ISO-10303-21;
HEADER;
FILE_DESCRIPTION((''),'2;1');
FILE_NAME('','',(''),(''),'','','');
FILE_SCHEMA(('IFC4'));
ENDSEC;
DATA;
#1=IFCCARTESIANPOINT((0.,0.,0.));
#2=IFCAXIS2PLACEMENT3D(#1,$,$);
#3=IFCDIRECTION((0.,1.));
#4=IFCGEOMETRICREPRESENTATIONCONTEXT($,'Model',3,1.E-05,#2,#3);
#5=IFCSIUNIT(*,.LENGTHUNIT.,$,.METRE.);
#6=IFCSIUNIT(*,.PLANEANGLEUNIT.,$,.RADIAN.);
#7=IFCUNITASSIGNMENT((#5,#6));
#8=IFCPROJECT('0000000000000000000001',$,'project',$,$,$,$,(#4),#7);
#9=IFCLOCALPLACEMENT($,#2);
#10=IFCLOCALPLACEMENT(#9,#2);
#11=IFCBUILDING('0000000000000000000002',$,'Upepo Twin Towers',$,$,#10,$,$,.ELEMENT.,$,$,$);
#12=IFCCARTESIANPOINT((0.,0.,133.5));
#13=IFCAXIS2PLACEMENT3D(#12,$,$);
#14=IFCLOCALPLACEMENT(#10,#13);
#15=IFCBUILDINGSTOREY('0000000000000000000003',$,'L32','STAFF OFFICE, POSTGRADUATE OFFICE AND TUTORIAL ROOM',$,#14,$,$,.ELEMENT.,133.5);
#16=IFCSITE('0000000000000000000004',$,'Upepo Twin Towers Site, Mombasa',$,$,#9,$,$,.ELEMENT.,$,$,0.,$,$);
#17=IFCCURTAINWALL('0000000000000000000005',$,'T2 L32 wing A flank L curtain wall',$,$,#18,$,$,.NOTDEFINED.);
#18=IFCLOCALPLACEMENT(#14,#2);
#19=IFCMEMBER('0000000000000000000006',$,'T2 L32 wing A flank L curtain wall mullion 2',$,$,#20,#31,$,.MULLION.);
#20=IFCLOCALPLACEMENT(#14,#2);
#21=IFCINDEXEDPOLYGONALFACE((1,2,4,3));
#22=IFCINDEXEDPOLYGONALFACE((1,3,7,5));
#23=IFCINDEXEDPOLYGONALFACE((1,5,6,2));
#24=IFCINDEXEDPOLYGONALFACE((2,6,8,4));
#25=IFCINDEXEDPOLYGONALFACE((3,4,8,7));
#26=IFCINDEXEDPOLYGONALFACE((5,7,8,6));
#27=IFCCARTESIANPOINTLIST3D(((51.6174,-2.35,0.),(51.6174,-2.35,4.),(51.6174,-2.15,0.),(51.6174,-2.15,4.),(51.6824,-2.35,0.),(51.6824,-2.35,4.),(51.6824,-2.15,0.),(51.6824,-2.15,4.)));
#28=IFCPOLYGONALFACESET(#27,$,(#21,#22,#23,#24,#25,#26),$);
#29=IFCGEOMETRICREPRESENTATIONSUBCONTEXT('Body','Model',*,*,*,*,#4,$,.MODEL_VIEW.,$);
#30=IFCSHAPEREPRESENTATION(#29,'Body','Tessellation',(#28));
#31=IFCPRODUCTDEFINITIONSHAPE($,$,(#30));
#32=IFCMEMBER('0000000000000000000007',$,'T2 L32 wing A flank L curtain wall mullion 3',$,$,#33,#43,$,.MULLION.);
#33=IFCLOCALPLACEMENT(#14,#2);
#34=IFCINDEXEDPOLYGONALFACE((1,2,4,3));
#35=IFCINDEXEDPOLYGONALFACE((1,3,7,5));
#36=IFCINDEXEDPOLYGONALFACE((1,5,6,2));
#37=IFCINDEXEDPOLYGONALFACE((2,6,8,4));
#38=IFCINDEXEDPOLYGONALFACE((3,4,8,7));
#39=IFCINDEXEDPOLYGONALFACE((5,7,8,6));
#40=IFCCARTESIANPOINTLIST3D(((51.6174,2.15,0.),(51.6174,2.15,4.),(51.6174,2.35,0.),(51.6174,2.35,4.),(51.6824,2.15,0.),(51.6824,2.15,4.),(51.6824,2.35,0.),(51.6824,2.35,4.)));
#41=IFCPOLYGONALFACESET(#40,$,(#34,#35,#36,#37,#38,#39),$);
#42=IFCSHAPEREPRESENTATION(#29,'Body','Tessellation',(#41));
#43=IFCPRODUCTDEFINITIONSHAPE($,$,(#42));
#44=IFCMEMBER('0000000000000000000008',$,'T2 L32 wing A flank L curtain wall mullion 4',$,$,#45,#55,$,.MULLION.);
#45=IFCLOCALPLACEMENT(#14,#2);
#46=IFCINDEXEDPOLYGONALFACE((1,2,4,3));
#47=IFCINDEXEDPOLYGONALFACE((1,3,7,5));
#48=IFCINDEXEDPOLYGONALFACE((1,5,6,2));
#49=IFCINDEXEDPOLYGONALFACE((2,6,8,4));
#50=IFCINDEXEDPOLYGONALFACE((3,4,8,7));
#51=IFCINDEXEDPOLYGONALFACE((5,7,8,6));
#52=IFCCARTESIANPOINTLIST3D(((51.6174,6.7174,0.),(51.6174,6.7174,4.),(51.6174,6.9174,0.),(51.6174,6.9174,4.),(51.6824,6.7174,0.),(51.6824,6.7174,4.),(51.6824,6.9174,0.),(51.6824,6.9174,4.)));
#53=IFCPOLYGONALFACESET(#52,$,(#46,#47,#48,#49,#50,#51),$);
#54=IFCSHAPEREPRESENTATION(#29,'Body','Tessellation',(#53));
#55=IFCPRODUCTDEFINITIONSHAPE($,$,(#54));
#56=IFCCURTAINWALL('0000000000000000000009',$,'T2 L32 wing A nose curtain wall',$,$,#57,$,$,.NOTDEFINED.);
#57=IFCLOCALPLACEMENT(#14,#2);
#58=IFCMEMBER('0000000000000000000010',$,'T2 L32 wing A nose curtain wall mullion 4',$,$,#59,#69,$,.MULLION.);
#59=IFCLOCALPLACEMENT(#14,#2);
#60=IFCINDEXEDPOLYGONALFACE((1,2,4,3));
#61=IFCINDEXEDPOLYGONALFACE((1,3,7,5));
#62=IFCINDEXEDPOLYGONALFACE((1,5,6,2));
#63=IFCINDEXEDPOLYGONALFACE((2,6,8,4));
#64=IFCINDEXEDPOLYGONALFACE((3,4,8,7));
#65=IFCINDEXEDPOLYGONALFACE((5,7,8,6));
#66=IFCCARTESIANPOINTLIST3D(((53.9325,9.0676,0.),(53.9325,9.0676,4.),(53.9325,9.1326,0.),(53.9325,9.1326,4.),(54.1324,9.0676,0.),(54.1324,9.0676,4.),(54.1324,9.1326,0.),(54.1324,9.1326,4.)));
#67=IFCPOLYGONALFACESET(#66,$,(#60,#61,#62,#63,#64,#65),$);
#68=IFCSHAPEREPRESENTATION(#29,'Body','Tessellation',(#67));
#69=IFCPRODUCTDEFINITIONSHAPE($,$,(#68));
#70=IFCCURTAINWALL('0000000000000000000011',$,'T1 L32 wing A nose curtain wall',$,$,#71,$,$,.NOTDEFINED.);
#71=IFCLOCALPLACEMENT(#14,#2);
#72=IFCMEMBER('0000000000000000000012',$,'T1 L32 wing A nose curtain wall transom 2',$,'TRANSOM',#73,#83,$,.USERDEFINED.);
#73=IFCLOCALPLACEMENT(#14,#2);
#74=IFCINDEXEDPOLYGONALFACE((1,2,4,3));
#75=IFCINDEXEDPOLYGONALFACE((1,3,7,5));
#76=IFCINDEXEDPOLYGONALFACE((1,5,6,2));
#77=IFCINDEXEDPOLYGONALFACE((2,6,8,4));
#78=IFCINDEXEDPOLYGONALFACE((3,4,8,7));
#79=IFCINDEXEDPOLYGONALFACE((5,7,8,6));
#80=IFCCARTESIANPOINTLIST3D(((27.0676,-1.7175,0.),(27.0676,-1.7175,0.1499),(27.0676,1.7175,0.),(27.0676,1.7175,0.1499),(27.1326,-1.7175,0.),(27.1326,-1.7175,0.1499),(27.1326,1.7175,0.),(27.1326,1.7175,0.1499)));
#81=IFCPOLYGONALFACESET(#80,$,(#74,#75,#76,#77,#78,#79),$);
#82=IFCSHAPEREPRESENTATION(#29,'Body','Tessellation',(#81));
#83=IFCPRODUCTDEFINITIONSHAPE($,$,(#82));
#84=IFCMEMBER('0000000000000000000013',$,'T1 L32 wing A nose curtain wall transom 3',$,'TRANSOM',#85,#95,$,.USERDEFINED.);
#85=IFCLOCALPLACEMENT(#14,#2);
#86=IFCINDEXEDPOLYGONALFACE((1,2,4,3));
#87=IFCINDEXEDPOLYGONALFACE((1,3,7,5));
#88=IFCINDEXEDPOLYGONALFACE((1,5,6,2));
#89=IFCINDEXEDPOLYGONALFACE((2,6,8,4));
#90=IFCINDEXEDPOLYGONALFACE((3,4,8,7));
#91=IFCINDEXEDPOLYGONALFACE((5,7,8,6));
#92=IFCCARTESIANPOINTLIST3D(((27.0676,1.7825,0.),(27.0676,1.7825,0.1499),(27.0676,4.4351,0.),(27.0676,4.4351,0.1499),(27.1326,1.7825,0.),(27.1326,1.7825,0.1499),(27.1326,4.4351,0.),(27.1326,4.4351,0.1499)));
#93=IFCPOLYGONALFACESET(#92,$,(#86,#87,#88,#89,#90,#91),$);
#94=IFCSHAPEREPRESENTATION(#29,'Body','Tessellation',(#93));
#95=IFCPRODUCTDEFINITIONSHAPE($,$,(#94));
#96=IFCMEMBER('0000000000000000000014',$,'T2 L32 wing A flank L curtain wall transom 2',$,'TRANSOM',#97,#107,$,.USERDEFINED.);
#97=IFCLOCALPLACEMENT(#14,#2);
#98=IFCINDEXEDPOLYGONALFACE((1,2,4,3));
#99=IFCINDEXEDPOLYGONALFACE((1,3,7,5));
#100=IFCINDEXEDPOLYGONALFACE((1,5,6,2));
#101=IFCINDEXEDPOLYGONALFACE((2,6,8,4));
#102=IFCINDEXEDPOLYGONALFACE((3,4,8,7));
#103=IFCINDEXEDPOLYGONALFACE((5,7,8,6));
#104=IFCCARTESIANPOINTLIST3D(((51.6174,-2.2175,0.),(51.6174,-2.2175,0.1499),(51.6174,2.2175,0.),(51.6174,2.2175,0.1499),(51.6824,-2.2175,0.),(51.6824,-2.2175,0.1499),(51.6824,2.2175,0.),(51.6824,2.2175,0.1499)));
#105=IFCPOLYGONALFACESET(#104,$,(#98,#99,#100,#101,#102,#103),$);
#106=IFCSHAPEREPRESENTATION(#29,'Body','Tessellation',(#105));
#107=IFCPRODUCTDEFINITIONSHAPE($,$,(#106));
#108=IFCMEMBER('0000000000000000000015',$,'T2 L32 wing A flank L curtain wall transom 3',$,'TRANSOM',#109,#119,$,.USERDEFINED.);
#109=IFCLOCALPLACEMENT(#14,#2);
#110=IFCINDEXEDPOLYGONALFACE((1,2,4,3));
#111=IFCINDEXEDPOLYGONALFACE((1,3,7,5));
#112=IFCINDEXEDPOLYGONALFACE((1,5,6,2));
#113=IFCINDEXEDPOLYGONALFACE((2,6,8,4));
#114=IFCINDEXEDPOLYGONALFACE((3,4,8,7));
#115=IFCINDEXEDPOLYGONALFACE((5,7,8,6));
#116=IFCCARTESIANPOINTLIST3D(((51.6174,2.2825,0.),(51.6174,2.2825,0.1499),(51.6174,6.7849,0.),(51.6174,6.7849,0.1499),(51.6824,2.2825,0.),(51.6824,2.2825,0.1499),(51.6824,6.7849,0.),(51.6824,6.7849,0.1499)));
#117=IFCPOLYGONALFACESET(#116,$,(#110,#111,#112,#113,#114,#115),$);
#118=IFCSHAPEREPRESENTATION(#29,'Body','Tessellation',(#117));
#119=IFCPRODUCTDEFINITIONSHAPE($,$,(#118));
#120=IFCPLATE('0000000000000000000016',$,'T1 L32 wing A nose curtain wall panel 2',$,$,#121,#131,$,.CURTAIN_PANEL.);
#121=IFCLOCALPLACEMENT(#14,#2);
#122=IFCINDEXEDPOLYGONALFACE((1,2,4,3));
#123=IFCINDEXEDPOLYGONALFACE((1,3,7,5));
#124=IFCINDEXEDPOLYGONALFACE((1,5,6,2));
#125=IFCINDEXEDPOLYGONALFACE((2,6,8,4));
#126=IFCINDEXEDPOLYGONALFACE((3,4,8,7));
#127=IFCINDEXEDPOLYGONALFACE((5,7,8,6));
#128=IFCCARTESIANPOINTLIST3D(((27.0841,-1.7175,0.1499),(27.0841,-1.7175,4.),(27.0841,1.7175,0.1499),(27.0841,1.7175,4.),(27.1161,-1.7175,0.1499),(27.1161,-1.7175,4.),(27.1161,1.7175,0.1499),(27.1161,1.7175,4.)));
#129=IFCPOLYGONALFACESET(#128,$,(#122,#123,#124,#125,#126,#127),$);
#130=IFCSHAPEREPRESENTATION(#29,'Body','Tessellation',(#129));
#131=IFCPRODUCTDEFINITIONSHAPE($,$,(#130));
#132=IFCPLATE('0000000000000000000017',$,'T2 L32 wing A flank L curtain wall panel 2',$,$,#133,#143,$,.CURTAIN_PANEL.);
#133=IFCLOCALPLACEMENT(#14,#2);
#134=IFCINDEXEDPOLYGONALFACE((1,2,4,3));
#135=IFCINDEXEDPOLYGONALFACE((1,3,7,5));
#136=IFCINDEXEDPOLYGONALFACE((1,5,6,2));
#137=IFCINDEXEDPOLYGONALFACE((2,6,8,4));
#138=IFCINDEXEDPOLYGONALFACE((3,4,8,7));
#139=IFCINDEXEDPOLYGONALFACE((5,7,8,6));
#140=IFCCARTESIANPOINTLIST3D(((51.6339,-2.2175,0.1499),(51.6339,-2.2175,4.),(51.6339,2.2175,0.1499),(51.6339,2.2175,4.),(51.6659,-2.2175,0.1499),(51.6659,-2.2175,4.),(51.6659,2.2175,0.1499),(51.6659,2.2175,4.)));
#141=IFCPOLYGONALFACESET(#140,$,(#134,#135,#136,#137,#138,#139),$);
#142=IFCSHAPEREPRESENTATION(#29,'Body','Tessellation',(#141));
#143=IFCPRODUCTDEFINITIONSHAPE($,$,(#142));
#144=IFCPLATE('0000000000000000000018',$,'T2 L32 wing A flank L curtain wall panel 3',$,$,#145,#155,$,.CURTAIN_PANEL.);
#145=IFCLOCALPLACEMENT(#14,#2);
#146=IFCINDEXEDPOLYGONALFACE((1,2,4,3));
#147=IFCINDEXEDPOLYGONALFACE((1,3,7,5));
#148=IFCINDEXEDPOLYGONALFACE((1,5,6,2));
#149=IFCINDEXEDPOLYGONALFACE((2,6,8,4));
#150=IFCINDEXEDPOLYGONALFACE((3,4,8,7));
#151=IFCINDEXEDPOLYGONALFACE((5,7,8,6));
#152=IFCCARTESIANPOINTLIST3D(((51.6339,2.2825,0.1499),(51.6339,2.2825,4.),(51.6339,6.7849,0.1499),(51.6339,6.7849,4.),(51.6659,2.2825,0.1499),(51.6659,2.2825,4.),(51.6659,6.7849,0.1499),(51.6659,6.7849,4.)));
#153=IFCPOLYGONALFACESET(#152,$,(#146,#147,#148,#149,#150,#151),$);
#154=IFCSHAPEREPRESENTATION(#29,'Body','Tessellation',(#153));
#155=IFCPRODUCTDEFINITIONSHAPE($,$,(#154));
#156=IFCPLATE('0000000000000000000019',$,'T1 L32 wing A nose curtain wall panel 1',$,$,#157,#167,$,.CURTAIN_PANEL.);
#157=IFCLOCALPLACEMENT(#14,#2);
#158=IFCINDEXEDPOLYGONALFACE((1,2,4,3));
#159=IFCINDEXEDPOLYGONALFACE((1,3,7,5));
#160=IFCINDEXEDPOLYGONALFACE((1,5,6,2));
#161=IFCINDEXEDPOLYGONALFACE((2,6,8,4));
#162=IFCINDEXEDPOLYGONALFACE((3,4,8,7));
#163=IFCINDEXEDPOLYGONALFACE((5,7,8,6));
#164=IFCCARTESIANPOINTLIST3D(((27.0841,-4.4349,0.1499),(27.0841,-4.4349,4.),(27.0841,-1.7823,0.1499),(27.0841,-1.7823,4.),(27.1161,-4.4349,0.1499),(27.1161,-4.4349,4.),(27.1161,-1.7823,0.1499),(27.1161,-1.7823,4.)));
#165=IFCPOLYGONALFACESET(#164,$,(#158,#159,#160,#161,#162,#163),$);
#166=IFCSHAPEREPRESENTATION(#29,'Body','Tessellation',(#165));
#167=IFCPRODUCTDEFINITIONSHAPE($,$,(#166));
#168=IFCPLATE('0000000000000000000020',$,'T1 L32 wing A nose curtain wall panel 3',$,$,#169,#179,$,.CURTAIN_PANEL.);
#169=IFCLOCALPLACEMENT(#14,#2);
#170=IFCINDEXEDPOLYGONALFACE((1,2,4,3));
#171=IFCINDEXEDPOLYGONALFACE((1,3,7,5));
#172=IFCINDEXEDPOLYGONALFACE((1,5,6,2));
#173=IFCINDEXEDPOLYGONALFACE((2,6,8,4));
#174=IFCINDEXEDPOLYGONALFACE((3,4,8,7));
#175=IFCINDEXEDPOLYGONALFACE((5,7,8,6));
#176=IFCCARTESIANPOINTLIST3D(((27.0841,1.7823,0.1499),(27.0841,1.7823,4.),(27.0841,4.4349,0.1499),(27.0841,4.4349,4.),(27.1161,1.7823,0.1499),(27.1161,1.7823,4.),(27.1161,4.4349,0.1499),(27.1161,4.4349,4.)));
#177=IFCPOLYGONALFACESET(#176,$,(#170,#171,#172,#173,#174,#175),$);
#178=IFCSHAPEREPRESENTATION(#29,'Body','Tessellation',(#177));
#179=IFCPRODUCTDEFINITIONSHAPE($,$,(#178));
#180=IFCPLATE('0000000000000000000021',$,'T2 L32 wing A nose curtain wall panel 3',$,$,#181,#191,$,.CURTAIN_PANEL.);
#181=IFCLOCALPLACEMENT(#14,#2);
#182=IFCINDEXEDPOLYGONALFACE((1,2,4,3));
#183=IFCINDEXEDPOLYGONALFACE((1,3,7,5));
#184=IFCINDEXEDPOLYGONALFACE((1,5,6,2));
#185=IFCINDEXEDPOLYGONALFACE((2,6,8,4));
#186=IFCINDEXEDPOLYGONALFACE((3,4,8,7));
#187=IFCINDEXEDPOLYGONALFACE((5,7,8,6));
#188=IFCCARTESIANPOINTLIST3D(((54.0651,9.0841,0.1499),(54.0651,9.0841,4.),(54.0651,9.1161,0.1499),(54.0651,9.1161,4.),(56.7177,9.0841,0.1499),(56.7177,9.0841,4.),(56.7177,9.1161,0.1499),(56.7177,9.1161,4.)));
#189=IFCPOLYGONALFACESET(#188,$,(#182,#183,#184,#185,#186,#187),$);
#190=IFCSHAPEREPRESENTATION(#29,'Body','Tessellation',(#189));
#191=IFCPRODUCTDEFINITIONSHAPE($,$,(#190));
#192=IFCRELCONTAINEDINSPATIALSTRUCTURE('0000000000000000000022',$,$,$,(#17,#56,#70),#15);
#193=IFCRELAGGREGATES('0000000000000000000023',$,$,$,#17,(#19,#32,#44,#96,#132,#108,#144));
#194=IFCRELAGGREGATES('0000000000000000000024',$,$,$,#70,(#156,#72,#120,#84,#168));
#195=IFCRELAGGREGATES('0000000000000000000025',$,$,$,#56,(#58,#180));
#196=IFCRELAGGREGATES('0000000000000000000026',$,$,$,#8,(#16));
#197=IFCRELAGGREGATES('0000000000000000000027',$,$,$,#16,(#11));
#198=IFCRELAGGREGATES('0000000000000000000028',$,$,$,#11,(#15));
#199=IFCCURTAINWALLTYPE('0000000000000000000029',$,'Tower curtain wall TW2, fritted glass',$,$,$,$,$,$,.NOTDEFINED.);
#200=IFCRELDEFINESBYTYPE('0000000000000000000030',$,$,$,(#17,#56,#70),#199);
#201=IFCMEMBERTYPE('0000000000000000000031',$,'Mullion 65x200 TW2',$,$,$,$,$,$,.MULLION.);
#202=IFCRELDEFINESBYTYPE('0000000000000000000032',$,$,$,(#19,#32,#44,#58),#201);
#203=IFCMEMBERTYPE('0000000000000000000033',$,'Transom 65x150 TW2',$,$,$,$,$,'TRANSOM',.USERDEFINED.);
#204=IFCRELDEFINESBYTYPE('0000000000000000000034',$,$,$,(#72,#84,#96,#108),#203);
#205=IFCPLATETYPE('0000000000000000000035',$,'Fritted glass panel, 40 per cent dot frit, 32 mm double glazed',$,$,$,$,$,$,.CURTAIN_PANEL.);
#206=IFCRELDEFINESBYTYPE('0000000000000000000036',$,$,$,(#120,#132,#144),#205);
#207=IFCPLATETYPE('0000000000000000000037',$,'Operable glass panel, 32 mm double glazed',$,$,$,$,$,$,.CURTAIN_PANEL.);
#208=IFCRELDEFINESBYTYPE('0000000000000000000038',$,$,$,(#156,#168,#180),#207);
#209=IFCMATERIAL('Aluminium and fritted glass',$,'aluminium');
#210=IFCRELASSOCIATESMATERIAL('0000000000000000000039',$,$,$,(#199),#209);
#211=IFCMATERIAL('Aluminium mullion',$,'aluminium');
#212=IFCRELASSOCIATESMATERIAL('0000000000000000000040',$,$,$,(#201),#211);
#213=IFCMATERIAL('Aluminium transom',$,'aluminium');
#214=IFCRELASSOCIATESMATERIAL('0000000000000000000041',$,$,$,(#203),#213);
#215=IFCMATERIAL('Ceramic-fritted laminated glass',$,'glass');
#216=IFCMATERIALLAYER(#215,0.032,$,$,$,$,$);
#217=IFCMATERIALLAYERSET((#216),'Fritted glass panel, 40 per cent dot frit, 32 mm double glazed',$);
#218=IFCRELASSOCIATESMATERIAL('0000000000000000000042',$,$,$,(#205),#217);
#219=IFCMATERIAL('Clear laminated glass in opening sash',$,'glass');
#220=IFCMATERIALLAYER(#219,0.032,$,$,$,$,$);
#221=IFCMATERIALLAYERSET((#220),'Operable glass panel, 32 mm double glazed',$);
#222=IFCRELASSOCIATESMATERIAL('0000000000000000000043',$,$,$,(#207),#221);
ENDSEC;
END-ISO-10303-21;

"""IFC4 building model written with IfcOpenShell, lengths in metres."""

from ifc_helpers import new_model, si_unit, direction, frame, origin, origin_2d, place, context, subcontext, project, spatial, rectangle, extrude, material, layer, layer_set, material_profile, profile_set, type_object, element, aggregate, save


model = new_model("IFC4")

# Units and contexts
model_context = context("Model", 3, precision=1e-05, world=origin(), true_north=direction((0.0, 1.0)))
body_context = subcontext(model_context, "Body", "Model", "MODEL_VIEW")
ifc_project = project(units=[si_unit("LENGTHUNIT", "METRE"), si_unit("PLANEANGLEUNIT", "RADIAN")], contexts=[model_context])

# Site, building, storey
site_placement = place(None, origin())
site = spatial("IfcSite", under=ifc_project, at=site_placement, Name="Upepo Twin Towers Site, Mombasa", CompositionType="ELEMENT", RefElevation=0.0)
building_placement = place(site_placement, origin())
building = spatial("IfcBuilding", under=site, at=building_placement, Name="Upepo Twin Towers", CompositionType="ELEMENT")
storey_placement = place(building_placement, frame((0.0, 0.0, 133.5)))
storey = spatial("IfcBuildingStorey", under=building, at=storey_placement, Name="L32", Description="STAFF OFFICE, POSTGRADUATE OFFICE AND TUTORIAL ROOM", CompositionType="ELEMENT", Elevation=133.5)

# Curtain wall, members
ifc_material_1 = material(Name="Aluminium and fritted glass", Category="aluminium")
curtain_wall_type = type_object("IfcCurtainWallType", Name="Tower curtain wall TW2, fritted glass", PredefinedType="NOTDEFINED", material=ifc_material_1)
curtain_wall_1_placement = place(storey_placement, origin())
curtain_wall_1 = element("IfcCurtainWall", 1, at=curtain_wall_1_placement, inside=storey, type_object=curtain_wall_type, Name="T2 L32 wing A flank L curtain wall", PredefinedType="NOTDEFINED")
ifc_material_2 = material(Name="Aluminium mullion", Category="aluminium")
ifc_material_profile_1 = material_profile(ifc_material_2, rectangle(XDim=0.0649, YDim=0.2, at=origin_2d()), Name="MULLION 65x200")
ifc_profile_set_1 = profile_set([ifc_material_profile_1], Name="Aluminium mullion")
member_type_1 = type_object("IfcMemberType", Name="Mullion 65x200 TW2", PredefinedType="MULLION", material=ifc_profile_set_1)
member_1_placement = place(storey_placement, frame((51.6499, -2.25, 0.0), z_axis=(0.0, 0.0, 1.0), x_axis=(-1.0, 0.0, 0.0)))
member_1 = element("IfcMember", 2, at=member_1_placement, type_object=member_type_1, Name="T2 L32 wing A flank L curtain wall mullion 2", PredefinedType="MULLION", context=body_context, shape_type="SweptSolid", body=[
    extrude(rectangle(XDim=0.0649, YDim=0.2, at=origin_2d()), origin(), (0.0, 0.0, 1.0), 4.0),
])
member_2_placement = place(storey_placement, frame((51.6499, 2.25, 0.0), z_axis=(0.0, 0.0, 1.0), x_axis=(-1.0, 0.0, 0.0)))
member_2 = element("IfcMember", 3, at=member_2_placement, type_object=member_type_1, Name="T2 L32 wing A flank L curtain wall mullion 3", PredefinedType="MULLION", context=body_context, shape_type="SweptSolid", body=[
    extrude(rectangle(XDim=0.0649, YDim=0.2, at=origin_2d()), origin(), (0.0, 0.0, 1.0), 4.0),
])
member_3_placement = place(storey_placement, frame((51.6499, 6.8174, 0.0), z_axis=(0.0, 0.0, 1.0), x_axis=(-1.0, 0.0, 0.0)))
member_3 = element("IfcMember", 4, at=member_3_placement, type_object=member_type_1, Name="T2 L32 wing A flank L curtain wall mullion 4", PredefinedType="MULLION", context=body_context, shape_type="SweptSolid", body=[
    extrude(rectangle(XDim=0.0649, YDim=0.2, at=origin_2d()), origin(), (0.0, 0.0, 1.0), 4.0),
])

# Curtain wall, member
curtain_wall_2_placement = place(storey_placement, origin())
curtain_wall_2 = element("IfcCurtainWall", 5, at=curtain_wall_2_placement, inside=storey, type_object=curtain_wall_type, Name="T2 L32 wing A nose curtain wall", PredefinedType="NOTDEFINED")
member_4_placement = place(storey_placement, frame((54.0325, 9.1001, 0.0), z_axis=(0.0, 0.0, 1.0), x_axis=(0.0, -1.0, 0.0)))
member_4 = element("IfcMember", 6, at=member_4_placement, type_object=member_type_1, Name="T2 L32 wing A nose curtain wall mullion 4", PredefinedType="MULLION", context=body_context, shape_type="SweptSolid", body=[
    extrude(rectangle(XDim=0.0649, YDim=0.2, at=origin_2d()), origin(), (0.0, 0.0, 1.0), 4.0),
])

# Curtain wall, members
curtain_wall_3_placement = place(storey_placement, origin())
curtain_wall_3 = element("IfcCurtainWall", 7, at=curtain_wall_3_placement, inside=storey, type_object=curtain_wall_type, Name="T1 L32 wing A nose curtain wall", PredefinedType="NOTDEFINED")
ifc_material_3 = material(Name="Aluminium transom", Category="aluminium")
ifc_material_profile_2 = material_profile(ifc_material_3, rectangle(XDim=0.0649, YDim=0.1499, at=origin_2d()), Name="TRANSOM 65x150")
ifc_profile_set_2 = profile_set([ifc_material_profile_2], Name="Aluminium transom")
member_type_2 = type_object("IfcMemberType", Name="Transom 65x150 TW2", ElementType="TRANSOM", PredefinedType="USERDEFINED", material=ifc_profile_set_2)
member_5_placement = place(storey_placement, frame((27.1001, -1.7175, 0.075), z_axis=(0.0, 1.0, 0.0), x_axis=(-1.0, 0.0, 0.0)))
member_5 = element("IfcMember", 8, at=member_5_placement, type_object=member_type_2, Name="T1 L32 wing A nose curtain wall transom 2", ObjectType="TRANSOM", PredefinedType="USERDEFINED", context=body_context, shape_type="SweptSolid", body=[
    extrude(rectangle(XDim=0.0649, YDim=0.1499, at=origin_2d()), origin(), (0.0, 0.0, 1.0), 3.4351),
])
member_6_placement = place(storey_placement, frame((27.1001, 1.7825, 0.075), z_axis=(0.0, 1.0, 0.0), x_axis=(-1.0, 0.0, 0.0)))
member_6 = element("IfcMember", 9, at=member_6_placement, type_object=member_type_2, Name="T1 L32 wing A nose curtain wall transom 3", ObjectType="TRANSOM", PredefinedType="USERDEFINED", context=body_context, shape_type="SweptSolid", body=[
    extrude(rectangle(XDim=0.0649, YDim=0.1499, at=origin_2d()), origin(), (0.0, 0.0, 1.0), 2.6526),
])

# Members
member_7_placement = place(storey_placement, frame((51.6499, -2.2175, 0.075), z_axis=(0.0, 1.0, 0.0), x_axis=(-1.0, 0.0, 0.0)))
member_7 = element("IfcMember", 10, at=member_7_placement, type_object=member_type_2, Name="T2 L32 wing A flank L curtain wall transom 2", ObjectType="TRANSOM", PredefinedType="USERDEFINED", context=body_context, shape_type="SweptSolid", body=[
    extrude(rectangle(XDim=0.0649, YDim=0.1499, at=origin_2d()), origin(), (0.0, 0.0, 1.0), 4.4351),
])
member_8_placement = place(storey_placement, frame((51.6499, 2.2825, 0.075), z_axis=(0.0, 1.0, 0.0), x_axis=(-1.0, 0.0, 0.0)))
member_8 = element("IfcMember", 11, at=member_8_placement, type_object=member_type_2, Name="T2 L32 wing A flank L curtain wall transom 3", ObjectType="TRANSOM", PredefinedType="USERDEFINED", context=body_context, shape_type="SweptSolid", body=[
    extrude(rectangle(XDim=0.0649, YDim=0.1499, at=origin_2d()), origin(), (0.0, 0.0, 1.0), 4.5024),
])

# Plates
ifc_material_4 = material(Name="Ceramic-fritted laminated glass", Category="glass")
ifc_layer_1 = layer(ifc_material_4, 0.032)
ifc_layer_set_1 = layer_set([ifc_layer_1], Name="Fritted glass panel, 40 per cent dot frit, 32 mm double glazed")
plate_type_1 = type_object("IfcPlateType", Name="Fritted glass panel, 40 per cent dot frit, 32 mm double glazed", PredefinedType="CURTAIN_PANEL", material=ifc_layer_set_1)
plate_1_placement = place(storey_placement, frame((27.1001, 0.0, 0.1499), z_axis=(0.0, 0.0, 1.0), x_axis=(0.0, 1.0, 0.0)))
plate_1 = element("IfcPlate", 12, at=plate_1_placement, type_object=plate_type_1, Name="T1 L32 wing A nose curtain wall panel 2", PredefinedType="CURTAIN_PANEL", context=body_context, shape_type="SweptSolid", body=[
    extrude(rectangle(XDim=3.4351, YDim=0.032, at=origin_2d()), origin(), (0.0, 0.0, 1.0), 3.8501),
])
plate_2_placement = place(storey_placement, frame((51.6499, 0.0, 0.1499), z_axis=(0.0, 0.0, 1.0), x_axis=(0.0, 1.0, 0.0)))
plate_2 = element("IfcPlate", 13, at=plate_2_placement, type_object=plate_type_1, Name="T2 L32 wing A flank L curtain wall panel 2", PredefinedType="CURTAIN_PANEL", context=body_context, shape_type="SweptSolid", body=[
    extrude(rectangle(XDim=4.4351, YDim=0.032, at=origin_2d()), origin(), (0.0, 0.0, 1.0), 3.8501),
])
plate_3_placement = place(storey_placement, frame((51.6499, 4.5337, 0.1499), z_axis=(0.0, 0.0, 1.0), x_axis=(0.0, 1.0, 0.0)))
plate_3 = element("IfcPlate", 14, at=plate_3_placement, type_object=plate_type_1, Name="T2 L32 wing A flank L curtain wall panel 3", PredefinedType="CURTAIN_PANEL", context=body_context, shape_type="SweptSolid", body=[
    extrude(rectangle(XDim=4.5024, YDim=0.032, at=origin_2d()), origin(), (0.0, 0.0, 1.0), 3.8501),
])
aggregate(curtain_wall_1, [member_1, member_2, member_3, member_7, plate_2, member_8, plate_3])
ifc_material_5 = material(Name="Clear laminated glass in opening sash", Category="glass")
ifc_layer_2 = layer(ifc_material_5, 0.032)
ifc_layer_set_2 = layer_set([ifc_layer_2], Name="Operable glass panel, 32 mm double glazed")
plate_type_2 = type_object("IfcPlateType", Name="Operable glass panel, 32 mm double glazed", PredefinedType="CURTAIN_PANEL", material=ifc_layer_set_2)
plate_4_placement = place(storey_placement, frame((27.1001, -3.1086, 0.1499), z_axis=(0.0, 0.0, 1.0), x_axis=(0.0, 1.0, 0.0)))
plate_4 = element("IfcPlate", 15, at=plate_4_placement, type_object=plate_type_2, Name="T1 L32 wing A nose curtain wall panel 1", PredefinedType="CURTAIN_PANEL", context=body_context, shape_type="SweptSolid", body=[
    extrude(rectangle(XDim=2.6526, YDim=0.032, at=origin_2d()), origin(), (0.0, 0.0, 1.0), 3.8501),
])
plate_5_placement = place(storey_placement, frame((27.1001, 3.1086, 0.1499), z_axis=(0.0, 0.0, 1.0), x_axis=(0.0, 1.0, 0.0)))
plate_5 = element("IfcPlate", 16, at=plate_5_placement, type_object=plate_type_2, Name="T1 L32 wing A nose curtain wall panel 3", PredefinedType="CURTAIN_PANEL", context=body_context, shape_type="SweptSolid", body=[
    extrude(rectangle(XDim=2.6526, YDim=0.032, at=origin_2d()), origin(), (0.0, 0.0, 1.0), 3.8501),
])
aggregate(curtain_wall_3, [plate_4, member_5, plate_1, member_6, plate_5])
plate_6_placement = place(storey_placement, frame((55.3914, 9.1001, 0.1499), z_axis=(0.0, 0.0, 1.0), x_axis=(-1.0, 0.0, 0.0)))
plate_6 = element("IfcPlate", 17, at=plate_6_placement, type_object=plate_type_2, Name="T2 L32 wing A nose curtain wall panel 3", PredefinedType="CURTAIN_PANEL", context=body_context, shape_type="SweptSolid", body=[
    extrude(rectangle(XDim=2.6526, YDim=0.032, at=origin_2d()), origin(), (0.0, 0.0, 1.0), 3.8501),
])
aggregate(curtain_wall_2, [member_4, plate_6])

save(model, "model.ifc")
